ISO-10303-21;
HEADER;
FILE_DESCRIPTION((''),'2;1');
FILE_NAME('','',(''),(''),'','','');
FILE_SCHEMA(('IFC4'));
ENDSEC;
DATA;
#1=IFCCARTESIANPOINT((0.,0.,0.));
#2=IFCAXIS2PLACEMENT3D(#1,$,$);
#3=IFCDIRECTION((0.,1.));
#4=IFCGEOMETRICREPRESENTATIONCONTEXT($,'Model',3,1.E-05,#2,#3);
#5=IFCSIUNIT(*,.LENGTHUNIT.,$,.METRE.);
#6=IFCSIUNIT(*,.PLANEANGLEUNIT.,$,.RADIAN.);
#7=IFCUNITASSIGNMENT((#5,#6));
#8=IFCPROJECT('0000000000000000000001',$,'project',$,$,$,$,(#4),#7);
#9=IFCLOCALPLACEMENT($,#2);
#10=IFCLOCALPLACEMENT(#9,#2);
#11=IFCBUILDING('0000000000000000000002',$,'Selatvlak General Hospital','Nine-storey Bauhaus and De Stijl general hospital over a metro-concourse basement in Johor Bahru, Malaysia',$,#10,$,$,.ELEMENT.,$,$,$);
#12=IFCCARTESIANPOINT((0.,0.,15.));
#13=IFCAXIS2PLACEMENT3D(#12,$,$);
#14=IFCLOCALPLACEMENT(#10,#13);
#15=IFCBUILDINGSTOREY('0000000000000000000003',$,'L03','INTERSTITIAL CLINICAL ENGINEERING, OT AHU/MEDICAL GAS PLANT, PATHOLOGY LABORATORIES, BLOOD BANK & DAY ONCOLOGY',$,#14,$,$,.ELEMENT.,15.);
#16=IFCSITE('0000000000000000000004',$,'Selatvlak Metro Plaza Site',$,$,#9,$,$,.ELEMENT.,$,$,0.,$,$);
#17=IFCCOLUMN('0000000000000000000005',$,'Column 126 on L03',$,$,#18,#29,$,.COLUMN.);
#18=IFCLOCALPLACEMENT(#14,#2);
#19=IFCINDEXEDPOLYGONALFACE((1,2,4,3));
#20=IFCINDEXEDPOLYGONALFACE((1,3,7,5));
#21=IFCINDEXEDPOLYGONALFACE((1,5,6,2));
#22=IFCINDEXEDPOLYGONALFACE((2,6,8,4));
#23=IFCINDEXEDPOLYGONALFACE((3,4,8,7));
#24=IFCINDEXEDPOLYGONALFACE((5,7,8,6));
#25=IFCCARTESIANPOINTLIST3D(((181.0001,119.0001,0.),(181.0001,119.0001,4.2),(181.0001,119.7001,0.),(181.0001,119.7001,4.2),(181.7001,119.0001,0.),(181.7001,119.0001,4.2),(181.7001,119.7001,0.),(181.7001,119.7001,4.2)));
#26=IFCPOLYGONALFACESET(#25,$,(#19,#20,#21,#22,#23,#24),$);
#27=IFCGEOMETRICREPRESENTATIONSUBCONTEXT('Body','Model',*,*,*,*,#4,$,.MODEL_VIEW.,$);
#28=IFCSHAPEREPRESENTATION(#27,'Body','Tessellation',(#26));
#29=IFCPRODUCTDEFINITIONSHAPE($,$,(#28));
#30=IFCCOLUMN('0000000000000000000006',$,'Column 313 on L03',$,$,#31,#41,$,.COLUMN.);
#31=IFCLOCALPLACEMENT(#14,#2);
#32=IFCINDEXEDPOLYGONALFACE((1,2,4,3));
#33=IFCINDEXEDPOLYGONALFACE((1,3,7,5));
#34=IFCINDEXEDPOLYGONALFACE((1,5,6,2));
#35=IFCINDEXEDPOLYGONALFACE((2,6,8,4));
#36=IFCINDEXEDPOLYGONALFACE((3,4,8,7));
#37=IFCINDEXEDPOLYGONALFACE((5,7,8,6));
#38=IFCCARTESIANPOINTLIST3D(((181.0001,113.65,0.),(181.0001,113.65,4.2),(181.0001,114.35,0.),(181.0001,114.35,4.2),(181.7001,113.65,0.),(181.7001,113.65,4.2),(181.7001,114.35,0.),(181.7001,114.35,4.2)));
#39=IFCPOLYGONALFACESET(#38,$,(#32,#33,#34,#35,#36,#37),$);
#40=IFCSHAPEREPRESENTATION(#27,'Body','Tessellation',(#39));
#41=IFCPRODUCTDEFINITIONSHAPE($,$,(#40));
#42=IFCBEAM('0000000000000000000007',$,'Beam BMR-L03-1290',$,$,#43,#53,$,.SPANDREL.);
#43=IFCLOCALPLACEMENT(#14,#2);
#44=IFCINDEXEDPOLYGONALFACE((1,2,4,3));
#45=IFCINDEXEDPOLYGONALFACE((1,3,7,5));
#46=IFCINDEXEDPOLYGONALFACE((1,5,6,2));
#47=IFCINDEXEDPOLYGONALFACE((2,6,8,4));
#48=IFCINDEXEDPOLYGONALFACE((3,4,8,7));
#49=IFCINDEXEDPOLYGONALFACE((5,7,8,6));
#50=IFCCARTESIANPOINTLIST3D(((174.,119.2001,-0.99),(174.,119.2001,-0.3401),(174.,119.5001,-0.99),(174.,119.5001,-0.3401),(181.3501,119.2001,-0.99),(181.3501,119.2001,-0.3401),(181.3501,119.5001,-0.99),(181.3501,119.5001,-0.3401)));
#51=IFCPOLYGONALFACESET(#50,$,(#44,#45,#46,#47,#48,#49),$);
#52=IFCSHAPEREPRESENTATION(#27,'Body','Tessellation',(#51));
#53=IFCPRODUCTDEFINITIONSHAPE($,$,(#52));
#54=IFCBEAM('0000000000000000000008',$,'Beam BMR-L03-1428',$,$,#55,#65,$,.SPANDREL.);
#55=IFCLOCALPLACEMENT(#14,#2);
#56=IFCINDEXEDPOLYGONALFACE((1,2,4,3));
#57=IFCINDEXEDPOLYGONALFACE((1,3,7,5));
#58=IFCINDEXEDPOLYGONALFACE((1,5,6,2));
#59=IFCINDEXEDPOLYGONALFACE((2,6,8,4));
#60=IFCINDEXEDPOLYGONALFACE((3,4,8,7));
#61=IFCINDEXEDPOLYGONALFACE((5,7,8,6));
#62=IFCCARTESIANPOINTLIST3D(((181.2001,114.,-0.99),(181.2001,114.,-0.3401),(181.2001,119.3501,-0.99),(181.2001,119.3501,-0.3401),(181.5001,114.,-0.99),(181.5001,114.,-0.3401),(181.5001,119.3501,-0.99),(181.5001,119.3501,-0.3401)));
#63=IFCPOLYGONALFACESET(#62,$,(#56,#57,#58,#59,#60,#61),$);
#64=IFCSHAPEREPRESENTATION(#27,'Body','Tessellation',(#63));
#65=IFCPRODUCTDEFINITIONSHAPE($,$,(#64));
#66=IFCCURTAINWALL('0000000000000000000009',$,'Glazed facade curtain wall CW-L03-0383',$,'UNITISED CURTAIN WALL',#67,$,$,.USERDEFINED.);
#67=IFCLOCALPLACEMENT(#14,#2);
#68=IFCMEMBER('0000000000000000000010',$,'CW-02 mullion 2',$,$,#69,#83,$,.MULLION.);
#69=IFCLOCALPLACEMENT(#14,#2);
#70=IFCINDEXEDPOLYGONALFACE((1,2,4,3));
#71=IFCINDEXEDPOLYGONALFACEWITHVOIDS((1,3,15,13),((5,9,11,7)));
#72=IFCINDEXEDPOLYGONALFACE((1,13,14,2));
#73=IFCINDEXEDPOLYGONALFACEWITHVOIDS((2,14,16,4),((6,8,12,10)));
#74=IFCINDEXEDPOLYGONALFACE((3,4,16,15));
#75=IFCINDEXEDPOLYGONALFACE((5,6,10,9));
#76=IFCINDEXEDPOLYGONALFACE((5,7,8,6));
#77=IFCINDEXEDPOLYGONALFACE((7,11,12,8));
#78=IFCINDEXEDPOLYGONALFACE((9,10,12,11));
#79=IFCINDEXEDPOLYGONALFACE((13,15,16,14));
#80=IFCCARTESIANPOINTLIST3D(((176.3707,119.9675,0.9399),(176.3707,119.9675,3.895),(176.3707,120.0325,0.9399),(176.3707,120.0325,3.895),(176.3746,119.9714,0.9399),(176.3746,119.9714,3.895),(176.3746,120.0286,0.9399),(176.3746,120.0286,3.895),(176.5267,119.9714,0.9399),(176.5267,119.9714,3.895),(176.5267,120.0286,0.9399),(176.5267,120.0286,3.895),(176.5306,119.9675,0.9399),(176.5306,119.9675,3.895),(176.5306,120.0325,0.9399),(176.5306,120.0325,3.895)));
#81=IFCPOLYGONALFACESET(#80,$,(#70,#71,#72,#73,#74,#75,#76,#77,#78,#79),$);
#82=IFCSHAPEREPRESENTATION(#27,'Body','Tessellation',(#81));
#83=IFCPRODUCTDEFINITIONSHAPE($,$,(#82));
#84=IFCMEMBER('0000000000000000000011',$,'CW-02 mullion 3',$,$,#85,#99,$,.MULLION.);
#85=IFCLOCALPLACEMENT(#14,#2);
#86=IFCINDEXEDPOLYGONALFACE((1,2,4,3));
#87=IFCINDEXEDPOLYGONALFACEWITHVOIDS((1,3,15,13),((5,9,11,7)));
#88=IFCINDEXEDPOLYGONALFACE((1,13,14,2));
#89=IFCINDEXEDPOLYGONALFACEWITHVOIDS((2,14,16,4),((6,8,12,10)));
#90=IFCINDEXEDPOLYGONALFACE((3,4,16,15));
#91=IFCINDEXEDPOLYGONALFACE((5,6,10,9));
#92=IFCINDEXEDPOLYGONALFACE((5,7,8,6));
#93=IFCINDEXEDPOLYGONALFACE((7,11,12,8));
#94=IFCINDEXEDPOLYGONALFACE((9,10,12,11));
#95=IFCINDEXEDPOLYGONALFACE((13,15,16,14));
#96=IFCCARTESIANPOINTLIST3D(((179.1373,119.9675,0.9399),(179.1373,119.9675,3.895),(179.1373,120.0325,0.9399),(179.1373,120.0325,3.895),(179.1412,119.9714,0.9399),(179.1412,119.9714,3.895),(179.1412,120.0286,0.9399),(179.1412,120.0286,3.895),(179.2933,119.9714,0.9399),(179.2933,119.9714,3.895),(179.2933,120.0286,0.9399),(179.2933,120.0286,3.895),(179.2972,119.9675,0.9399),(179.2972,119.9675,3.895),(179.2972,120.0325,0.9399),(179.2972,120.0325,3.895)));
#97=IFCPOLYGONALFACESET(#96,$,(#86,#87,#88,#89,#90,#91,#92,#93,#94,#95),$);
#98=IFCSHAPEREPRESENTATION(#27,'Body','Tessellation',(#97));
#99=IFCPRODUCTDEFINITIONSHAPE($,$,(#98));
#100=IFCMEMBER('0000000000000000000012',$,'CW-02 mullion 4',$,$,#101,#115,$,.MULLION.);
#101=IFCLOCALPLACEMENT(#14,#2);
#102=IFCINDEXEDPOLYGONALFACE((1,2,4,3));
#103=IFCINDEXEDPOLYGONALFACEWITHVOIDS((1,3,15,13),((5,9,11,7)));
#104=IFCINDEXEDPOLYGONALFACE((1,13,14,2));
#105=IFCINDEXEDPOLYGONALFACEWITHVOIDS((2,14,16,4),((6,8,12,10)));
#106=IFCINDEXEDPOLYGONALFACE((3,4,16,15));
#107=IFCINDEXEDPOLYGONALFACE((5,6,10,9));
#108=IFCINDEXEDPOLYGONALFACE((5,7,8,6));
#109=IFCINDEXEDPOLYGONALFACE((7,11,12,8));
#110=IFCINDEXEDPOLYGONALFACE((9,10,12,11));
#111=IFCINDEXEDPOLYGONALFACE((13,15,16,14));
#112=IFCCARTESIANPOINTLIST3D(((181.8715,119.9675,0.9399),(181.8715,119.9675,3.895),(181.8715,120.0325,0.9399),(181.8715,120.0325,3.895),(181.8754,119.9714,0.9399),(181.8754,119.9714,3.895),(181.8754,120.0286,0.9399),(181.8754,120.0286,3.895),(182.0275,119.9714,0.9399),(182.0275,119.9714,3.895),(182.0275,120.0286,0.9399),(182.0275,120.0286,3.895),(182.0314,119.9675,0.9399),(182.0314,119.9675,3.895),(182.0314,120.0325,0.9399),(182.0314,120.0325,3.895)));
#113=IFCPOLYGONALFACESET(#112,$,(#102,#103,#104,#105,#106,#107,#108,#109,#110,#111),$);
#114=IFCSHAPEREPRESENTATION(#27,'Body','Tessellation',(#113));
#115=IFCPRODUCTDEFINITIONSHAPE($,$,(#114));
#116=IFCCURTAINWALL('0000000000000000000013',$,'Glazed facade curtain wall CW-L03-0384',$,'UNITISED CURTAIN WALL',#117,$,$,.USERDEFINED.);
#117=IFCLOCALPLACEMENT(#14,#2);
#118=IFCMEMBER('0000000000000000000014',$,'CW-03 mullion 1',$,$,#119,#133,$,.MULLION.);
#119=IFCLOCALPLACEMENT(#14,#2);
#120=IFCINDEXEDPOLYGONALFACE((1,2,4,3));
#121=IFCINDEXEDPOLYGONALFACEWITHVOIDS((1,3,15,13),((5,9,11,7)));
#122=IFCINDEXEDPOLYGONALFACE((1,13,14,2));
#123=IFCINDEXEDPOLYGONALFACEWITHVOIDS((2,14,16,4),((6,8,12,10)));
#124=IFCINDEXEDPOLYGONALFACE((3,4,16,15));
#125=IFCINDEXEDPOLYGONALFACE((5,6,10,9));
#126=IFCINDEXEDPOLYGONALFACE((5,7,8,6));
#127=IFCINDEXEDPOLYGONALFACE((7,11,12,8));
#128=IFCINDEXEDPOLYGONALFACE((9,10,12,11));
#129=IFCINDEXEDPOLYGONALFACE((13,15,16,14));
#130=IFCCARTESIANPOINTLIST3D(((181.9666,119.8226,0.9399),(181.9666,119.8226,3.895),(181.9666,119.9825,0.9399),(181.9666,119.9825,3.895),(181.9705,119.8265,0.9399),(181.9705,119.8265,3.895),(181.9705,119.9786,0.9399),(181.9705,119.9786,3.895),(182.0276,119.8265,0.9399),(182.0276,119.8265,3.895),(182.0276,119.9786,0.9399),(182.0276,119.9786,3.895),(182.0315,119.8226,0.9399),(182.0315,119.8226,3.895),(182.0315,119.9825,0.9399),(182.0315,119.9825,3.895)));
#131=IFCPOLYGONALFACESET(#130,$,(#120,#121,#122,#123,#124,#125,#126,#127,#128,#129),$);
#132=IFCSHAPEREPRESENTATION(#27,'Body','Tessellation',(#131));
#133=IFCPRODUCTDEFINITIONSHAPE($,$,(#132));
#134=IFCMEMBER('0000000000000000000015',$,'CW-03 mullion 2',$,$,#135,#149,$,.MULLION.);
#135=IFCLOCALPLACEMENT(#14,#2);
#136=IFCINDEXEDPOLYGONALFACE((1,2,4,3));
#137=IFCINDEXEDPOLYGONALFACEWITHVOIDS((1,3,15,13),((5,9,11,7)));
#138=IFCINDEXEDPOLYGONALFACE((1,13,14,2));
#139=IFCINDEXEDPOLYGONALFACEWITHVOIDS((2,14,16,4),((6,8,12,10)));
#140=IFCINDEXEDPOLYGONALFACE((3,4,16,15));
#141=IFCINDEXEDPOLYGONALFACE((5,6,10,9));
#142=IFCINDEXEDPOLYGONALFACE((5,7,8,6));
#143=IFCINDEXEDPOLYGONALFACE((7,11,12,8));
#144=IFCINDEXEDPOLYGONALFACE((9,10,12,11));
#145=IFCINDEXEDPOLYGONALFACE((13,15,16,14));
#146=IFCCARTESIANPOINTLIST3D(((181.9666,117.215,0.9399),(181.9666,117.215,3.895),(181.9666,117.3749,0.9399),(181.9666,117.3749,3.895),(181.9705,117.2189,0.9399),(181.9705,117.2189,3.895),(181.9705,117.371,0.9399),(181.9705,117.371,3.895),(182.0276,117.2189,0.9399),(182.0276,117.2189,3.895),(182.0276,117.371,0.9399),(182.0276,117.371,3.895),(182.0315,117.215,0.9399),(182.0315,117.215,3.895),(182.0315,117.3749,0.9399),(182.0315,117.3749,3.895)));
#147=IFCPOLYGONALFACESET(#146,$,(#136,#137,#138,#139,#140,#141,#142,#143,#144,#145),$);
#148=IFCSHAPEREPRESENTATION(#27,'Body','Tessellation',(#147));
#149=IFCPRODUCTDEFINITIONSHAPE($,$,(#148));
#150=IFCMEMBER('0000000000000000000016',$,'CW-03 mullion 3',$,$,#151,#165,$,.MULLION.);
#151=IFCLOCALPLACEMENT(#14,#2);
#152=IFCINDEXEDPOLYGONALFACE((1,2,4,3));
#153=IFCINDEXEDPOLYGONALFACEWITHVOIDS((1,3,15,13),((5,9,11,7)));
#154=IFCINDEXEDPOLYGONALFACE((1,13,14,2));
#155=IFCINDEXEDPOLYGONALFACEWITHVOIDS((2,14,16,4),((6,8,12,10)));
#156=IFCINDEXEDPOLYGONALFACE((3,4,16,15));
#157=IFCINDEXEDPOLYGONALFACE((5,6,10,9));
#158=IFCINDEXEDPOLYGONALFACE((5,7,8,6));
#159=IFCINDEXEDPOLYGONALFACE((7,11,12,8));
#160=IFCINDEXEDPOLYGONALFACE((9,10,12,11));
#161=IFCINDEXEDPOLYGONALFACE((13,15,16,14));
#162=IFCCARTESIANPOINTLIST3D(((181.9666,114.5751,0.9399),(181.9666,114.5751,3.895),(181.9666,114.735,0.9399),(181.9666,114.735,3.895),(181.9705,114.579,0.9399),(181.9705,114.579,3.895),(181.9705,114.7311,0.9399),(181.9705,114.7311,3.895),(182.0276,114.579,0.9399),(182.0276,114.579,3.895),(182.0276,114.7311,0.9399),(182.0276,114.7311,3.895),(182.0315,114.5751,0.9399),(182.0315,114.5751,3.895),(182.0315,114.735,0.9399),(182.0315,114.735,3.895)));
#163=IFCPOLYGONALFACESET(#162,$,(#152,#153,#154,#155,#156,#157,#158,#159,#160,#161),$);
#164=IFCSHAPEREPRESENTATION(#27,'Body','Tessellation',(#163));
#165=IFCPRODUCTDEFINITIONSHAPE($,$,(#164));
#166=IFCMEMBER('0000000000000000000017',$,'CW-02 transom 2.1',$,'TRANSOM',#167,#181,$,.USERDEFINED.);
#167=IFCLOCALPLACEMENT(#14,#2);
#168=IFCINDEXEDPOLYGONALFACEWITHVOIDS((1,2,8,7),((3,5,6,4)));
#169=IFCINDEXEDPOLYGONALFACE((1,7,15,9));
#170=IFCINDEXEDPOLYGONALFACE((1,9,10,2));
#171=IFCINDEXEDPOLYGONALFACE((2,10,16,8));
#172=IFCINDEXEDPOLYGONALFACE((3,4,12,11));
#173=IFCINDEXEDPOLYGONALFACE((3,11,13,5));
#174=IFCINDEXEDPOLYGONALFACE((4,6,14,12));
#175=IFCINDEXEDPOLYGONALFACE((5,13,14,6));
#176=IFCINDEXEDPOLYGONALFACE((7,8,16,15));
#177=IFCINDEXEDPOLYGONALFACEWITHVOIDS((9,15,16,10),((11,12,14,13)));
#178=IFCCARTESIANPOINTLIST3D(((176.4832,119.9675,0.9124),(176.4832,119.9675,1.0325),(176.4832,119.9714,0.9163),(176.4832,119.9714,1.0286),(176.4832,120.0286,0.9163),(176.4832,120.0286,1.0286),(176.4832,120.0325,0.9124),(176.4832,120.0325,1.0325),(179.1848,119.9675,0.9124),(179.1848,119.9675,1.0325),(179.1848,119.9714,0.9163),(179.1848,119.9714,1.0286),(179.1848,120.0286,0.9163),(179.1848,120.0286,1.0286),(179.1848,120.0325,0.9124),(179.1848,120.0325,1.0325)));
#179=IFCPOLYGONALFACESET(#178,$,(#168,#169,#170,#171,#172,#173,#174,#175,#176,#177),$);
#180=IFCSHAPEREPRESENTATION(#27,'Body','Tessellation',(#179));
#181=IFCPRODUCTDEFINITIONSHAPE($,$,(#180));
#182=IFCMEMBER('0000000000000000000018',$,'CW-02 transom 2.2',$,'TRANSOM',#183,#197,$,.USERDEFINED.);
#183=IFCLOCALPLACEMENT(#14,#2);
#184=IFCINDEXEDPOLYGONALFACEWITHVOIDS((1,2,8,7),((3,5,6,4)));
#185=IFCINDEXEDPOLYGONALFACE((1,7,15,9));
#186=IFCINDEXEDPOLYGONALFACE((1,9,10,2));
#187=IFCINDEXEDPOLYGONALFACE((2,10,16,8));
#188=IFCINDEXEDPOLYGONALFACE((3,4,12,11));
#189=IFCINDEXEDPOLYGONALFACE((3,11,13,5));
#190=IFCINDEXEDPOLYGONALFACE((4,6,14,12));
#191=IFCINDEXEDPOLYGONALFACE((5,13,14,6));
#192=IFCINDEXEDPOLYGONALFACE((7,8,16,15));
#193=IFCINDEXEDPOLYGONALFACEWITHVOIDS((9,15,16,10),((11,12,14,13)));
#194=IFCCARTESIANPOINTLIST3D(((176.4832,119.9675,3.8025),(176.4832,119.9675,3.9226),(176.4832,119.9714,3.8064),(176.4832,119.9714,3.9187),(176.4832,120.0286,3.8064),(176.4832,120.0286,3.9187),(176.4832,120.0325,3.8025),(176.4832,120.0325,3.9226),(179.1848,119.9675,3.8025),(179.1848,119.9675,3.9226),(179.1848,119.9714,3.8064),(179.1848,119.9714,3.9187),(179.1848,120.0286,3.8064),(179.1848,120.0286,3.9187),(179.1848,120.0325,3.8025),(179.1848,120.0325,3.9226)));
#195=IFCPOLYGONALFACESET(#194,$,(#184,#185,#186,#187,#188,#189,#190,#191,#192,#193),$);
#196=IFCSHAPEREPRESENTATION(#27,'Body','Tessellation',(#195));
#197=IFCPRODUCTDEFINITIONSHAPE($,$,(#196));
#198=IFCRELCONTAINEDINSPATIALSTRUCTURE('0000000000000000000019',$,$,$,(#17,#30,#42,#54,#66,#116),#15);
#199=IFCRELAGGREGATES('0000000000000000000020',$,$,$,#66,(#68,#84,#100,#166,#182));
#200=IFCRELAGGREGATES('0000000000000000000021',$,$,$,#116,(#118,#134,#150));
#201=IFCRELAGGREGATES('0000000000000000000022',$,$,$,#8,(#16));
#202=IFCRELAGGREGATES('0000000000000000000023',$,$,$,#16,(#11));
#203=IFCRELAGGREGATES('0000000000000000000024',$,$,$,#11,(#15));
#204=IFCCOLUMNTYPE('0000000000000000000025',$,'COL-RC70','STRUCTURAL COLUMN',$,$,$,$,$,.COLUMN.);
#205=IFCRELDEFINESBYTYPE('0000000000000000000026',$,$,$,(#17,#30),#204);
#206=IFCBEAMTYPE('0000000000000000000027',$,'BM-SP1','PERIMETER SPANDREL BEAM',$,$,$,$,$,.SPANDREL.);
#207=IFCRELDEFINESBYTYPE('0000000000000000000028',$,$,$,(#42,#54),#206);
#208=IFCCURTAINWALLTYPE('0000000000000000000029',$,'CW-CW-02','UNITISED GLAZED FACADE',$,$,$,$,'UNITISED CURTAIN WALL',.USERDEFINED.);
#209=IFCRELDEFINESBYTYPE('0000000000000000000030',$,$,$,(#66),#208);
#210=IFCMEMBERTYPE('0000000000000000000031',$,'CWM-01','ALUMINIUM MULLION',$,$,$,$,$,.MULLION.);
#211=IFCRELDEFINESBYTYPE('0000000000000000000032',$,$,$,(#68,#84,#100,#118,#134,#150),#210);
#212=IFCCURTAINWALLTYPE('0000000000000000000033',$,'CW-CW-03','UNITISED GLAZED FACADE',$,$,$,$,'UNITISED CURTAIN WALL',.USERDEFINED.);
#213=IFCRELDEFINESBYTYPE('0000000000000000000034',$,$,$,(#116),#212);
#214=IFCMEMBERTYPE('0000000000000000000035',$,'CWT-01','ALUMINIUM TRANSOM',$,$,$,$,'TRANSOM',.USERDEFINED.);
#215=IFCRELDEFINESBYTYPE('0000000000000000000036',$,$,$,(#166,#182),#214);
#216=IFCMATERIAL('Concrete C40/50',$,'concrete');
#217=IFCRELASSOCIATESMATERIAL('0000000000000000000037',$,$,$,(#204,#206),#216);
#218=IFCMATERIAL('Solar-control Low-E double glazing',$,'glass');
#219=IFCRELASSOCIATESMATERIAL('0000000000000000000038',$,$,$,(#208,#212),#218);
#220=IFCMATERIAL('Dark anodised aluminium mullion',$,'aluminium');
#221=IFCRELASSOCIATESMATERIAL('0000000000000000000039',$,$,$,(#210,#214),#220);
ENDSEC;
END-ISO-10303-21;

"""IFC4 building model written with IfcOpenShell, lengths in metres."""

from ifc_helpers import new_model, si_unit, direction, frame, origin, origin_2d, place, context, subcontext, project, spatial, rectangle, hollow_rectangle, extrude, material, material_profile, profile_set, type_object, element, aggregate, save


model = new_model("IFC4")

# Units and contexts
model_context = context("Model", 3, precision=1e-05, world=origin(), true_north=direction((0.0, 1.0)))
body_context = subcontext(model_context, "Body", "Model", "MODEL_VIEW")
ifc_project = project(units=[si_unit("LENGTHUNIT", "METRE"), si_unit("PLANEANGLEUNIT", "RADIAN")], contexts=[model_context])

# Site, building, storey
site_placement = place(None, origin())
site = spatial("IfcSite", under=ifc_project, at=site_placement, Name="Selatvlak Metro Plaza Site", CompositionType="ELEMENT", RefElevation=0.0)
building_placement = place(site_placement, origin())
building = spatial("IfcBuilding", under=site, at=building_placement, Name="Selatvlak General Hospital", Description="Nine-storey Bauhaus and De Stijl general hospital over a metro-concourse basement in Johor Bahru, Malaysia", CompositionType="ELEMENT")
storey_placement = place(building_placement, frame((0.0, 0.0, 15.0)))
storey = spatial("IfcBuildingStorey", under=building, at=storey_placement, Name="L03", Description="INTERSTITIAL CLINICAL ENGINEERING, OT AHU/MEDICAL GAS PLANT, PATHOLOGY LABORATORIES, BLOOD BANK & DAY ONCOLOGY", CompositionType="ELEMENT", Elevation=15.0)

# Columns
ifc_material_1 = material(Name="Concrete C40/50", Category="concrete")
ifc_material_profile_1 = material_profile(ifc_material_1, rectangle(XDim=0.7, YDim=0.7, at=origin_2d()), Name="RC-COL 700x700")
ifc_profile_set_1 = profile_set([ifc_material_profile_1], Name="Concrete C40/50")
column_type = type_object("IfcColumnType", Name="COL-RC70", Description="STRUCTURAL COLUMN", PredefinedType="COLUMN", material=ifc_profile_set_1)
for number, where, z_axis, x_axis, name in (
    (1, (181.3501, 119.3501, 0.0), (0.0, 0.0, 1.0), (1.0, 0.0, 0.0), "Column 126 on L03"),
    (2, (181.3501, 114.0, 0.0), (0.0, 0.0, 1.0), (1.0, 0.0, 0.0), "Column 313 on L03"),
):
    element("IfcColumn", number, at=place(storey_placement, frame(where, z_axis=z_axis, x_axis=x_axis)), inside=storey, type_object=column_type, Name=name, PredefinedType="COLUMN", context=body_context, shape_type="SweptSolid", body=[
        extrude(rectangle(XDim=0.7, YDim=0.7, at=origin_2d()), origin(), (0.0, 0.0, 1.0), 4.2),
    ])

# Beams
ifc_material_profile_2 = material_profile(ifc_material_1, rectangle(XDim=0.3, YDim=0.6499, at=origin_2d()), Name="RC-SP 300x650")
ifc_profile_set_2 = profile_set([ifc_material_profile_2], Name="Concrete C40/50")
beam_type = type_object("IfcBeamType", Name="BM-SP1", Description="PERIMETER SPANDREL BEAM", PredefinedType="SPANDREL", material=ifc_profile_set_2)
beam_1_placement = place(storey_placement, frame((174.0, 119.3501, -0.665), z_axis=(1.0, 0.0, 0.0), x_axis=(0.0, 1.0, 0.0)))
element("IfcBeam", 3, at=beam_1_placement, inside=storey, type_object=beam_type, Name="Beam BMR-L03-1290", PredefinedType="SPANDREL", context=body_context, shape_type="SweptSolid", body=[
    extrude(rectangle(XDim=0.3, YDim=0.6499, at=origin_2d()), origin(), (0.0, 0.0, 1.0), 7.3501),
])
beam_2_placement = place(storey_placement, frame((181.3501, 114.0, -0.665), z_axis=(0.0, 1.0, 0.0), x_axis=(-1.0, 0.0, 0.0)))
element("IfcBeam", 4, at=beam_2_placement, inside=storey, type_object=beam_type, Name="Beam BMR-L03-1428", PredefinedType="SPANDREL", context=body_context, shape_type="SweptSolid", body=[
    extrude(rectangle(XDim=0.3, YDim=0.6499, at=origin_2d()), origin(), (0.0, 0.0, 1.0), 5.3501),
])

# Curtain walls, members
ifc_material_2 = material(Name="Solar-control Low-E double glazing", Category="glass")
curtain_wall_type_1 = type_object("IfcCurtainWallType", Name="CW-CW-02", Description="UNITISED GLAZED FACADE", ElementType="UNITISED CURTAIN WALL", PredefinedType="USERDEFINED", material=ifc_material_2)
curtain_wall_1_placement = place(storey_placement, origin())
curtain_wall_1 = element("IfcCurtainWall", 5, at=curtain_wall_1_placement, inside=storey, type_object=curtain_wall_type_1, Name="Glazed facade curtain wall CW-L03-0383", ObjectType="UNITISED CURTAIN WALL", PredefinedType="USERDEFINED")
ifc_material_3 = material(Name="Dark anodised aluminium mullion", Category="aluminium")
ifc_material_profile_3 = material_profile(ifc_material_3, hollow_rectangle(XDim=0.0649, YDim=0.1599, WallThickness=0.0039, at=origin_2d()), Name="AL-MUL 65x160x4")
ifc_profile_set_3 = profile_set([ifc_material_profile_3], Name="Dark anodised aluminium mullion")
member_type_1 = type_object("IfcMemberType", Name="CWM-01", Description="ALUMINIUM MULLION", PredefinedType="MULLION", material=ifc_profile_set_3)
member_1_placement = place(storey_placement, frame((176.4507, 120.0, 0.9399), z_axis=(0.0, 0.0, 1.0), x_axis=(0.0, 1.0, 0.0)))
member_1 = element("IfcMember", 6, at=member_1_placement, type_object=member_type_1, Name="CW-02 mullion 2", PredefinedType="MULLION", context=body_context, shape_type="SweptSolid", body=[
    extrude(hollow_rectangle(XDim=0.0649, YDim=0.1599, WallThickness=0.0039, at=origin_2d()), origin(), (0.0, 0.0, 1.0), 2.9551),
])
member_2_placement = place(storey_placement, frame((179.2173, 120.0, 0.9399), z_axis=(0.0, 0.0, 1.0), x_axis=(0.0, 1.0, 0.0)))
member_2 = element("IfcMember", 7, at=member_2_placement, type_object=member_type_1, Name="CW-02 mullion 3", PredefinedType="MULLION", context=body_context, shape_type="SweptSolid", body=[
    extrude(hollow_rectangle(XDim=0.0649, YDim=0.1599, WallThickness=0.0039, at=origin_2d()), origin(), (0.0, 0.0, 1.0), 2.9551),
])
member_3_placement = place(storey_placement, frame((181.9514, 120.0, 0.9399), z_axis=(0.0, 0.0, 1.0), x_axis=(0.0, 1.0, 0.0)))
member_3 = element("IfcMember", 8, at=member_3_placement, type_object=member_type_1, Name="CW-02 mullion 4", PredefinedType="MULLION", context=body_context, shape_type="SweptSolid", body=[
    extrude(hollow_rectangle(XDim=0.0649, YDim=0.1599, WallThickness=0.0039, at=origin_2d()), origin(), (0.0, 0.0, 1.0), 2.9551),
])
curtain_wall_type_2 = type_object("IfcCurtainWallType", Name="CW-CW-03", Description="UNITISED GLAZED FACADE", ElementType="UNITISED CURTAIN WALL", PredefinedType="USERDEFINED", material=ifc_material_2)
curtain_wall_2_placement = place(storey_placement, origin())
curtain_wall_2 = element("IfcCurtainWall", 9, at=curtain_wall_2_placement, inside=storey, type_object=curtain_wall_type_2, Name="Glazed facade curtain wall CW-L03-0384", ObjectType="UNITISED CURTAIN WALL", PredefinedType="USERDEFINED")
member_4_placement = place(storey_placement, frame((181.999, 119.9026, 0.9399), z_axis=(0.0, 0.0, 1.0), x_axis=(1.0, 0.0, 0.0)))
member_4 = element("IfcMember", 10, at=member_4_placement, type_object=member_type_1, Name="CW-03 mullion 1", PredefinedType="MULLION", context=body_context, shape_type="SweptSolid", body=[
    extrude(hollow_rectangle(XDim=0.0649, YDim=0.1599, WallThickness=0.0039, at=origin_2d()), origin(), (0.0, 0.0, 1.0), 2.9551),
])
member_5_placement = place(storey_placement, frame((181.999, 117.2949, 0.9399), z_axis=(0.0, 0.0, 1.0), x_axis=(1.0, 0.0, 0.0)))
member_5 = element("IfcMember", 11, at=member_5_placement, type_object=member_type_1, Name="CW-03 mullion 2", PredefinedType="MULLION", context=body_context, shape_type="SweptSolid", body=[
    extrude(hollow_rectangle(XDim=0.0649, YDim=0.1599, WallThickness=0.0039, at=origin_2d()), origin(), (0.0, 0.0, 1.0), 2.9551),
])
member_6_placement = place(storey_placement, frame((181.999, 114.655, 0.9399), z_axis=(0.0, 0.0, 1.0), x_axis=(1.0, 0.0, 0.0)))
member_6 = element("IfcMember", 12, at=member_6_placement, type_object=member_type_1, Name="CW-03 mullion 3", PredefinedType="MULLION", context=body_context, shape_type="SweptSolid", body=[
    extrude(hollow_rectangle(XDim=0.0649, YDim=0.1599, WallThickness=0.0039, at=origin_2d()), origin(), (0.0, 0.0, 1.0), 2.9551),
])

# Members
ifc_material_profile_4 = material_profile(ifc_material_3, hollow_rectangle(XDim=0.0649, YDim=0.1201, WallThickness=0.0039, at=origin_2d()), Name="AL-TRN 65x120x4")
ifc_profile_set_4 = profile_set([ifc_material_profile_4], Name="Dark anodised aluminium mullion")
member_type_2 = type_object("IfcMemberType", Name="CWT-01", Description="ALUMINIUM TRANSOM", ElementType="TRANSOM", PredefinedType="USERDEFINED", material=ifc_profile_set_4)
member_7_placement = place(storey_placement, frame((176.4832, 120.0, 0.9724), z_axis=(1.0, 0.0, 0.0), x_axis=(0.0, 1.0, 0.0)))
member_7 = element("IfcMember", 13, at=member_7_placement, type_object=member_type_2, Name="CW-02 transom 2.1", ObjectType="TRANSOM", PredefinedType="USERDEFINED", context=body_context, shape_type="SweptSolid", body=[
    extrude(hollow_rectangle(XDim=0.0649, YDim=0.1201, WallThickness=0.0039, at=origin_2d()), origin(), (0.0, 0.0, 1.0), 2.7017),
])
member_8_placement = place(storey_placement, frame((176.4832, 120.0, 3.8625), z_axis=(1.0, 0.0, 0.0), x_axis=(0.0, 1.0, 0.0)))
member_8 = element("IfcMember", 14, at=member_8_placement, type_object=member_type_2, Name="CW-02 transom 2.2", ObjectType="TRANSOM", PredefinedType="USERDEFINED", context=body_context, shape_type="SweptSolid", body=[
    extrude(hollow_rectangle(XDim=0.0649, YDim=0.1201, WallThickness=0.0039, at=origin_2d()), origin(), (0.0, 0.0, 1.0), 2.7017),
])

aggregate(curtain_wall_1, [member_1, member_2, member_3, member_7, member_8])
aggregate(curtain_wall_2, [member_4, member_5, member_6])

save(model, "model.ifc")
